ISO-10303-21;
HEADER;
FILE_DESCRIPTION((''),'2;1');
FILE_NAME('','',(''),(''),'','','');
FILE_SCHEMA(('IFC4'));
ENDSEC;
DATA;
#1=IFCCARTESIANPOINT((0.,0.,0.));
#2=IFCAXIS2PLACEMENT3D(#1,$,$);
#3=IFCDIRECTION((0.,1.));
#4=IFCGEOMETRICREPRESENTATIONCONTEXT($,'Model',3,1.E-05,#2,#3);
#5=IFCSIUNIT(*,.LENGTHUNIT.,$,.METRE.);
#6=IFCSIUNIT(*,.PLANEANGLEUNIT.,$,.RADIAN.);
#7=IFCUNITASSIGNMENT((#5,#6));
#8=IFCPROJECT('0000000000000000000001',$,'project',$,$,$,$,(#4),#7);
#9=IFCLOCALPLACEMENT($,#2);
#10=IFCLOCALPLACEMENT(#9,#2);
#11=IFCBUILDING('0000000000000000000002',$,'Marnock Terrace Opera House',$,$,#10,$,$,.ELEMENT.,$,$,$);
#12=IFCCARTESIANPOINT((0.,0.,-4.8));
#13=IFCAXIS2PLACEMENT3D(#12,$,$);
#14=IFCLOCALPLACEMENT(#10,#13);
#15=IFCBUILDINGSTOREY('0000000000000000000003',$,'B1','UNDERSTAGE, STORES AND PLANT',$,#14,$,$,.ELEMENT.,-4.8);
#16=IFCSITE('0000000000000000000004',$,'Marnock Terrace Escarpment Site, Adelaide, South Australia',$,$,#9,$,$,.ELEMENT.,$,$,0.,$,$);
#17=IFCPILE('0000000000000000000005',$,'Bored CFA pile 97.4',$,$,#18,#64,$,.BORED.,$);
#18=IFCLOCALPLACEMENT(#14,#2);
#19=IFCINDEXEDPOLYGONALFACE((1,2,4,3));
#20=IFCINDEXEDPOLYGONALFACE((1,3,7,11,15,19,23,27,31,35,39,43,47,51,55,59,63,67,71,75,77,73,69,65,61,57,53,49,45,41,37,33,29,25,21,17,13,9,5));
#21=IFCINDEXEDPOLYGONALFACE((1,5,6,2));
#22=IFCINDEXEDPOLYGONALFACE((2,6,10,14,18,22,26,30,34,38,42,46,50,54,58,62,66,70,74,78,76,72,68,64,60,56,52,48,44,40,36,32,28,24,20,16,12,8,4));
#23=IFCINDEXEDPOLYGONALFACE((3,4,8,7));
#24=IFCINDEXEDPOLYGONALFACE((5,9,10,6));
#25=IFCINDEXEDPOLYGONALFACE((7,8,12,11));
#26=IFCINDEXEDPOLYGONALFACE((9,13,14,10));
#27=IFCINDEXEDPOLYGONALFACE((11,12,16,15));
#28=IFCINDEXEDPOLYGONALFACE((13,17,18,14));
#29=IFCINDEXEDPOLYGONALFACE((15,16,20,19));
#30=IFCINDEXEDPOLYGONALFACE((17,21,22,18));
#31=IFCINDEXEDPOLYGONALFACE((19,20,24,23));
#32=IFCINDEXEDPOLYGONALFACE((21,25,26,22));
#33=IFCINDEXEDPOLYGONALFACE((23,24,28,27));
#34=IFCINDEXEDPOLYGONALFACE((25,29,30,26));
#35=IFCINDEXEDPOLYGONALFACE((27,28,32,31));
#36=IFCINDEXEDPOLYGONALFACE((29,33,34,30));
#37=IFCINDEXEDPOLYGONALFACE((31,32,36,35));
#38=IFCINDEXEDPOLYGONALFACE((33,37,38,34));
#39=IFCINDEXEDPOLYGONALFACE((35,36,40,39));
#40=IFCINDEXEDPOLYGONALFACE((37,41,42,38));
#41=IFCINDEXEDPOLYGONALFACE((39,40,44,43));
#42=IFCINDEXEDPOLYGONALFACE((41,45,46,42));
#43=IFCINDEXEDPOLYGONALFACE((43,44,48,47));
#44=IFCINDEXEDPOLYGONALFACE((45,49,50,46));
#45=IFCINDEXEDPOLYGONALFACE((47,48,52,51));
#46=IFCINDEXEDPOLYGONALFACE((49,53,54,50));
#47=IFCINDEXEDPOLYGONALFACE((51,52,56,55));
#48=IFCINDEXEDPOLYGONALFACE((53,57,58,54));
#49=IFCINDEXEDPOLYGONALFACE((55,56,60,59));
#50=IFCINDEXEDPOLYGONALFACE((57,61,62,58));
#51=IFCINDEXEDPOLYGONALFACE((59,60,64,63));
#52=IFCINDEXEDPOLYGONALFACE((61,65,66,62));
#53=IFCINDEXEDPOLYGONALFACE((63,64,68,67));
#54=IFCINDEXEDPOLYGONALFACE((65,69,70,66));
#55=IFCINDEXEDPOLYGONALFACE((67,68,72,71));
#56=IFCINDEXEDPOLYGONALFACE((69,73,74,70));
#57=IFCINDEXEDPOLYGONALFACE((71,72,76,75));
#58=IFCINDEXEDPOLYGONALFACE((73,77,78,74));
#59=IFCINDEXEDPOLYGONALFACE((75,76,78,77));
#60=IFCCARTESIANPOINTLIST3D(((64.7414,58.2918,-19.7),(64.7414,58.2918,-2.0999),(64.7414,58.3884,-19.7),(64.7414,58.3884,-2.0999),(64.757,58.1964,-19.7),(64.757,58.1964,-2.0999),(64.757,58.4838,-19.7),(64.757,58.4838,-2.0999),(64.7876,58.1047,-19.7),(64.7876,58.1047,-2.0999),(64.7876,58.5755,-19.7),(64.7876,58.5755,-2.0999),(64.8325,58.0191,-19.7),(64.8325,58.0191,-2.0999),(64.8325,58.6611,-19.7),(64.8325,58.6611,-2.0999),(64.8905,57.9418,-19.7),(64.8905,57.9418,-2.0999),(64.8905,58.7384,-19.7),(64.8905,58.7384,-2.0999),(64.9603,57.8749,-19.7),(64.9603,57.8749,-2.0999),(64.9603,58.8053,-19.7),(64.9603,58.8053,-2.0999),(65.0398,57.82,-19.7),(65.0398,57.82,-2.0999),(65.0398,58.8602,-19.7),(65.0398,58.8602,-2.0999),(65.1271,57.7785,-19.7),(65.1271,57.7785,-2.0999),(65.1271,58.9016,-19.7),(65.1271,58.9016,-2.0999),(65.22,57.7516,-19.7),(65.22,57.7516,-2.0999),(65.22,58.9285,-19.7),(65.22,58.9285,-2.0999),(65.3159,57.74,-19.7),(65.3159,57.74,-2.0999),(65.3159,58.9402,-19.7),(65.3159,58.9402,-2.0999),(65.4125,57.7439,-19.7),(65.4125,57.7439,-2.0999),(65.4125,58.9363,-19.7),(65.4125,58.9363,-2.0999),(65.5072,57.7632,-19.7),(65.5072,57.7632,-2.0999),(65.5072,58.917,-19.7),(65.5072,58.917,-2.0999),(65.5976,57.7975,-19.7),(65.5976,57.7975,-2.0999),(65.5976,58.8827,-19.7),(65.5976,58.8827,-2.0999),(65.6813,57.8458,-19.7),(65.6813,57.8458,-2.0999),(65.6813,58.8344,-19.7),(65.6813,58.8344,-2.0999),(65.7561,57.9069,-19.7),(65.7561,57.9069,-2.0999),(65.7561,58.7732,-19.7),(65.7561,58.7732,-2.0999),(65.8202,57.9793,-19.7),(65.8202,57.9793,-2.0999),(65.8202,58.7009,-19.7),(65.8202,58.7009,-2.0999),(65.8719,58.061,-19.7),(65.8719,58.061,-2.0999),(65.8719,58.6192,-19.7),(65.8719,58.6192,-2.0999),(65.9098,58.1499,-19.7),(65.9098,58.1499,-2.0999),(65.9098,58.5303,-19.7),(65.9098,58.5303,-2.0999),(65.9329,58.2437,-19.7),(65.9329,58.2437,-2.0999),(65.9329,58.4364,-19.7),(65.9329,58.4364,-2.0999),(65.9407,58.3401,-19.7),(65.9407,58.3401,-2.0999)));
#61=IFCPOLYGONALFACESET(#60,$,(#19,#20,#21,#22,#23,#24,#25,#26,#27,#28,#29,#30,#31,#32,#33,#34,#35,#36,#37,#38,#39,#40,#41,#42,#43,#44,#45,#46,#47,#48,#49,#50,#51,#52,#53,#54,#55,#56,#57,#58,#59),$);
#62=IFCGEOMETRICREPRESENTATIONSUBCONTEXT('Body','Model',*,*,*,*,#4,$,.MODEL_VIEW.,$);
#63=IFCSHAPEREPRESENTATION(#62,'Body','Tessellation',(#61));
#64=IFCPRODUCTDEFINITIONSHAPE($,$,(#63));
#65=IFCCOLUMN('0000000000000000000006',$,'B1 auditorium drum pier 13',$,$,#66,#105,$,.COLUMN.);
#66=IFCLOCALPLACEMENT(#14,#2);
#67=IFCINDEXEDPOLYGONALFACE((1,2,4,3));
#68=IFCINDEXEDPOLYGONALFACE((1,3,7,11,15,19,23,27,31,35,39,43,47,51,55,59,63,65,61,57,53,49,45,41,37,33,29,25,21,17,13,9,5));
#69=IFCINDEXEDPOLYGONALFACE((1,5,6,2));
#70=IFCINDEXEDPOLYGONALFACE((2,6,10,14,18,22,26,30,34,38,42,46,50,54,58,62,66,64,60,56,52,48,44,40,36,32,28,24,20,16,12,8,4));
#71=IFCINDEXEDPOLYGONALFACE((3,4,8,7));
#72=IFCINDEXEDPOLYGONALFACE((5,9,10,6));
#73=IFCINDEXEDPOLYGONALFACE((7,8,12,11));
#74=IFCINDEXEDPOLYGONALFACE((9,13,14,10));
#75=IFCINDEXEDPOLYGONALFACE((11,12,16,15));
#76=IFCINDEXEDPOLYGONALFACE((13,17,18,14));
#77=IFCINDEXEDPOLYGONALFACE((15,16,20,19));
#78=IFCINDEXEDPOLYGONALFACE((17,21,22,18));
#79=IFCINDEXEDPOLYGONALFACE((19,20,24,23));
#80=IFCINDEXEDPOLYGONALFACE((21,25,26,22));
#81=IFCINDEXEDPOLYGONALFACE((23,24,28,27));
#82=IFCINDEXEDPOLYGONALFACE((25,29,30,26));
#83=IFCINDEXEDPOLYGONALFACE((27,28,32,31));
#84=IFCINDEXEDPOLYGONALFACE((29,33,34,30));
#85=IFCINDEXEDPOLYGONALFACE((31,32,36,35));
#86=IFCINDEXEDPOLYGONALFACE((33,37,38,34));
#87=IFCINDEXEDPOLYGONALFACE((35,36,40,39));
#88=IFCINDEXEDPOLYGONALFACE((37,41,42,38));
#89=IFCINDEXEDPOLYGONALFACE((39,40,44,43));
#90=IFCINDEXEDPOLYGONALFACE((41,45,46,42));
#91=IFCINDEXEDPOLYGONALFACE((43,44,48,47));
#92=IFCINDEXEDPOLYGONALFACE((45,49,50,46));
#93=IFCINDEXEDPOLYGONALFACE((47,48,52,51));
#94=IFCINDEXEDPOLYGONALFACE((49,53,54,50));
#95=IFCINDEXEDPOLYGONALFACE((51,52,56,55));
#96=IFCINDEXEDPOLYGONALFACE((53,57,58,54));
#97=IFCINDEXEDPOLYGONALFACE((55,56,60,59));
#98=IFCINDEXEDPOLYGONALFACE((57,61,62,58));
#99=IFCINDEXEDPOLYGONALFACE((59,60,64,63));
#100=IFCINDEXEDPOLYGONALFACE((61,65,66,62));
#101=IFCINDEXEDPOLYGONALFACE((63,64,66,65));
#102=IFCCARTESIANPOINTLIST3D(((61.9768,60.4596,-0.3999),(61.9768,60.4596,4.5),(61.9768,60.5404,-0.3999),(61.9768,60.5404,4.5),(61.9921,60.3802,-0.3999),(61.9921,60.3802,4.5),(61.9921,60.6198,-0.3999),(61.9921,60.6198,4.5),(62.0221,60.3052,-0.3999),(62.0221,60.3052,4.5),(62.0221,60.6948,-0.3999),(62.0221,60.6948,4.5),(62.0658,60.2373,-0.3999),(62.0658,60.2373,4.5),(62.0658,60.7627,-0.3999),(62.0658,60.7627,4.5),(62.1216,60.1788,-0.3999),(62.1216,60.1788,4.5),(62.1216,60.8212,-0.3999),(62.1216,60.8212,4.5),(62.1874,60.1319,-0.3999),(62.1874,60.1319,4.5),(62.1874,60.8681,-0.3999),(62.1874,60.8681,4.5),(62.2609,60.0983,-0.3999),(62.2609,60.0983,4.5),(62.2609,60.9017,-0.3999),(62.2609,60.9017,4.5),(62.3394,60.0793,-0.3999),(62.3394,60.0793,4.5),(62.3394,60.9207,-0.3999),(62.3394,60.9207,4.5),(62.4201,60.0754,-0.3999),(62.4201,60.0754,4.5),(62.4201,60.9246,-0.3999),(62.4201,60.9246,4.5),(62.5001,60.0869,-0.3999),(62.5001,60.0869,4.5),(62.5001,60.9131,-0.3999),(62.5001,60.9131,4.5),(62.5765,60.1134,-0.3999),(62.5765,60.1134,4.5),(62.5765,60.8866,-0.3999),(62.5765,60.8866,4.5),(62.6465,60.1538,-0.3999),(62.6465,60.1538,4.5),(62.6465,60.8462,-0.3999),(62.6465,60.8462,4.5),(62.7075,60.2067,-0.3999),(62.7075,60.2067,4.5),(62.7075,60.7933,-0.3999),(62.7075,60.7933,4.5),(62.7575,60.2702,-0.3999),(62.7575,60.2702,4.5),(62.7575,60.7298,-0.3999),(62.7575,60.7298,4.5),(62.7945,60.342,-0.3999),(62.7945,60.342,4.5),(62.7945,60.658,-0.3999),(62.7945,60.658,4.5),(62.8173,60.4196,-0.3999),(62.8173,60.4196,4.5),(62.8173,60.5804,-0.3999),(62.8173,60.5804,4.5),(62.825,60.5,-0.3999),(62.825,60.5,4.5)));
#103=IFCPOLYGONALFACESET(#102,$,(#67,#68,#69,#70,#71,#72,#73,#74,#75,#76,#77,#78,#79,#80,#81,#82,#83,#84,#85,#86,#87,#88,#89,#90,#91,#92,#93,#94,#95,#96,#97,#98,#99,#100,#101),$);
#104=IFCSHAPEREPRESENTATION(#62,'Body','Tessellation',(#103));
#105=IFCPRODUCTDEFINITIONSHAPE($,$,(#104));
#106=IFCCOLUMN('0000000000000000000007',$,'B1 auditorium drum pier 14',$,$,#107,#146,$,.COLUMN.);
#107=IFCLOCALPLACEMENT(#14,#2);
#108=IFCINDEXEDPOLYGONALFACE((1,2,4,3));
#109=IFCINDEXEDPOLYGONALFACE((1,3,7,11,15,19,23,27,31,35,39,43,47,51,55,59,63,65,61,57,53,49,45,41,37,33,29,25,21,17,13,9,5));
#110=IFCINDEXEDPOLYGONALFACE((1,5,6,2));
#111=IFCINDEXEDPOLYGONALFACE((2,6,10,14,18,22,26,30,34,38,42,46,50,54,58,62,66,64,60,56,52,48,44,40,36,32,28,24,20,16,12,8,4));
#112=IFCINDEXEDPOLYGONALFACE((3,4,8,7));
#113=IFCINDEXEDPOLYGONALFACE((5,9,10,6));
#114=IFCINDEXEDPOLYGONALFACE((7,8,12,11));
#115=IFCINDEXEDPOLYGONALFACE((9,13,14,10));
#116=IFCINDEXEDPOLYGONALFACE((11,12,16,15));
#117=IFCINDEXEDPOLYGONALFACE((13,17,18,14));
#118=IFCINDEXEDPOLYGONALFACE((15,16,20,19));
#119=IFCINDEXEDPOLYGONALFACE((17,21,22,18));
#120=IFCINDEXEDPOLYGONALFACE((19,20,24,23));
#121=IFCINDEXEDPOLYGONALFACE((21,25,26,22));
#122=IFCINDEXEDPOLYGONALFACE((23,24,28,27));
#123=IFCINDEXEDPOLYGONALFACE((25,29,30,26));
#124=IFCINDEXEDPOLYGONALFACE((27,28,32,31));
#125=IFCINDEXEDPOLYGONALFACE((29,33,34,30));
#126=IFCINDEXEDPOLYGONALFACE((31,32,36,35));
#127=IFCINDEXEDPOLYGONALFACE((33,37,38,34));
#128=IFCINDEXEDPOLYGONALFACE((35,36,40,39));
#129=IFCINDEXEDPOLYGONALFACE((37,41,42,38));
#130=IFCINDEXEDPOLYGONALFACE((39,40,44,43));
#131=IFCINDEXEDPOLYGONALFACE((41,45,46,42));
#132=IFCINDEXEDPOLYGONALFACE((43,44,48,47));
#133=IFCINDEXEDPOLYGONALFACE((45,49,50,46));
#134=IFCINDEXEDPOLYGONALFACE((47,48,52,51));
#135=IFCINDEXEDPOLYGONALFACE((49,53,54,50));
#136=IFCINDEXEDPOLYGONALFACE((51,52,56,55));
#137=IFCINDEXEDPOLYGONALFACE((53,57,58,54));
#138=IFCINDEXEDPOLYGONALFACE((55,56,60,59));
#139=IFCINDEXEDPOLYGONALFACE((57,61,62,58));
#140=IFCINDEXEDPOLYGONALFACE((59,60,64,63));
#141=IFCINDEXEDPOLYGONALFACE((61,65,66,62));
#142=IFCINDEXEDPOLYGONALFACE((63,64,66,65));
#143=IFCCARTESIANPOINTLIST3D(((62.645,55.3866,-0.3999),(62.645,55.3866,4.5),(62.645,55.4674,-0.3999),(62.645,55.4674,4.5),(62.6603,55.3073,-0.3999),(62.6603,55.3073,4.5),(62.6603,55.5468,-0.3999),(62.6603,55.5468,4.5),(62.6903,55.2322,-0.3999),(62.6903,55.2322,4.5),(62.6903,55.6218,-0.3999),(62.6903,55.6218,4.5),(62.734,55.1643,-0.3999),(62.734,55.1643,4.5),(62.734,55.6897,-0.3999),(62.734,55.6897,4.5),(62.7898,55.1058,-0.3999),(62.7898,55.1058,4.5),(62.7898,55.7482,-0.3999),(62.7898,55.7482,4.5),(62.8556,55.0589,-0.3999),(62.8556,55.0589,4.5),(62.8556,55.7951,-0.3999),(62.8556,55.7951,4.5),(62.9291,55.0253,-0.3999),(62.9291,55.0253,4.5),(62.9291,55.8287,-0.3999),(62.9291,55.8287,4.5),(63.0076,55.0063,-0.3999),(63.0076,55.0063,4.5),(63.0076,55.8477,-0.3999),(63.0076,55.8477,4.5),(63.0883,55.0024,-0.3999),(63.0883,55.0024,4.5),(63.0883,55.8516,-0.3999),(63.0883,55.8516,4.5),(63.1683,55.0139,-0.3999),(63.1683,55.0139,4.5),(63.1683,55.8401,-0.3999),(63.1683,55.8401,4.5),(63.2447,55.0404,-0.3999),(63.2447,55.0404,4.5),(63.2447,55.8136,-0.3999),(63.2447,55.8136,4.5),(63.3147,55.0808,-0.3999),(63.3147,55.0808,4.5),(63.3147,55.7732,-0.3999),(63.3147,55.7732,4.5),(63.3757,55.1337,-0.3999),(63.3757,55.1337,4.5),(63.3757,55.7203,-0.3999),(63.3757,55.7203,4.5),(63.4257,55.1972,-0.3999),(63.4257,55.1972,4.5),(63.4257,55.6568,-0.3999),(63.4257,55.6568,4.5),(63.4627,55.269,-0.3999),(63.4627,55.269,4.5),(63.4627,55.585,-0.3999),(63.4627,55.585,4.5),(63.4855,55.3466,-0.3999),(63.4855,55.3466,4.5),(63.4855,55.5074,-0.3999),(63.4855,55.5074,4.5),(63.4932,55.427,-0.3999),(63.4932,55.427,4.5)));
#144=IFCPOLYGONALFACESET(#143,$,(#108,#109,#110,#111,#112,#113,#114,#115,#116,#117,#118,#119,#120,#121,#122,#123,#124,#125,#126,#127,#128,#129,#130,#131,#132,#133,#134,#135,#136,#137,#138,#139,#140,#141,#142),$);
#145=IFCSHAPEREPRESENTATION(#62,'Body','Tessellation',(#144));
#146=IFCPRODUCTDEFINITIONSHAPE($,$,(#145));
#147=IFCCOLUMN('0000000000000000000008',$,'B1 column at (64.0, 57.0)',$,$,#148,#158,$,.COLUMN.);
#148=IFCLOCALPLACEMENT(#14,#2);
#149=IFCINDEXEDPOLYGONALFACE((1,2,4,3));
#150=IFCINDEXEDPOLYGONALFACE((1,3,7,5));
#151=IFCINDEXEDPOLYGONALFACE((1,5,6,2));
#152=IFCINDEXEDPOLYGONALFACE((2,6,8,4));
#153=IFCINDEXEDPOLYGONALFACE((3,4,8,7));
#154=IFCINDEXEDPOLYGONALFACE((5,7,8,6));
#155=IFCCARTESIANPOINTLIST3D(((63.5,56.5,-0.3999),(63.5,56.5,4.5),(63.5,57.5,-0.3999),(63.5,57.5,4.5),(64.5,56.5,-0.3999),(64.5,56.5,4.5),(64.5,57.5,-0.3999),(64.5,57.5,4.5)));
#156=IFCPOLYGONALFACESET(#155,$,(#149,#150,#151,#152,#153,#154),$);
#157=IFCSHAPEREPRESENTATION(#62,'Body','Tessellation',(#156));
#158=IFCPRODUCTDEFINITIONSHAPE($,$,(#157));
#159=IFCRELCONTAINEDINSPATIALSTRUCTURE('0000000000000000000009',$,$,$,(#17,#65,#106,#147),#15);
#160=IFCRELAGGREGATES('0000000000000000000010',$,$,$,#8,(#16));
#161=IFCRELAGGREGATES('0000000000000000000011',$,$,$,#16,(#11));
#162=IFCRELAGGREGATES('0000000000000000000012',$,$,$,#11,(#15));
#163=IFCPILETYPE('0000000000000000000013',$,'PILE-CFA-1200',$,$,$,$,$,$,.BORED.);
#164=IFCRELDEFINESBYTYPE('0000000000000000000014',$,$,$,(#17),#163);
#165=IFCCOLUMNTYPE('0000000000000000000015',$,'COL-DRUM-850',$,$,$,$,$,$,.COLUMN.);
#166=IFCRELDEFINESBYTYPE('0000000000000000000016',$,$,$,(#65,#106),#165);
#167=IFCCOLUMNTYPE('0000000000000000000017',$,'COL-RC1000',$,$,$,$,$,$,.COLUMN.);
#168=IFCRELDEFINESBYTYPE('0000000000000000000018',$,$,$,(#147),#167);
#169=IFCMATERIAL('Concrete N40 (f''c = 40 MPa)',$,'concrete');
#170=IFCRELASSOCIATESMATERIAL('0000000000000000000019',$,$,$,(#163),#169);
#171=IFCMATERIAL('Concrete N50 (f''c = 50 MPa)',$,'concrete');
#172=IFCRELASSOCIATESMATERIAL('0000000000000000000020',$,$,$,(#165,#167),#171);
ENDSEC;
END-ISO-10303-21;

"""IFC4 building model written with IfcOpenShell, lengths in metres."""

from ifc_helpers import new_model, si_unit, direction, frame, origin, origin_2d, place, context, subcontext, project, spatial, rectangle, circle, extrude, material, material_profile, profile_set, type_object, element, save


model = new_model("IFC4")

# Units and contexts
model_context = context("Model", 3, precision=1e-05, world=origin(), true_north=direction((0.0, 1.0)))
body_context = subcontext(model_context, "Body", "Model", "MODEL_VIEW")
ifc_project = project(units=[si_unit("LENGTHUNIT", "METRE"), si_unit("PLANEANGLEUNIT", "RADIAN")], contexts=[model_context])

# Site, building, storey
site_placement = place(None, origin())
site = spatial("IfcSite", under=ifc_project, at=site_placement, Name="Marnock Terrace Escarpment Site, Adelaide, South Australia", CompositionType="ELEMENT", RefElevation=0.0)
building_placement = place(site_placement, origin())
building = spatial("IfcBuilding", under=site, at=building_placement, Name="Marnock Terrace Opera House", CompositionType="ELEMENT")
storey_placement = place(building_placement, frame((0.0, 0.0, -4.8)))
storey = spatial("IfcBuildingStorey", under=building, at=storey_placement, Name="B1", Description="UNDERSTAGE, STORES AND PLANT", CompositionType="ELEMENT", Elevation=-4.8)

# Shared definitions
ifc_material_1 = material(Name="Concrete N40 (f'c = 40 MPa)", Category="concrete")

# Pile
ifc_material_profile_1 = material_profile(ifc_material_1, circle(Radius=0.6006, at=origin_2d()))
ifc_profile_set_1 = profile_set([ifc_material_profile_1], Name="Concrete N40 (f'c = 40 MPa)")
pile_type = type_object("IfcPileType", Name="PILE-CFA-1200", PredefinedType="BORED", material=ifc_profile_set_1)
for number, where, z_axis, x_axis, name in (
    (1, (65.3401, 58.3401, -2.0999), (0.0, 0.0, -1.0), (1.0, 0.0, 0.0), "Bored CFA pile 97.4"),
):
    element("IfcPile", number, at=place(storey_placement, frame(where, z_axis=z_axis, x_axis=x_axis)), inside=storey, type_object=pile_type, Name=name, PredefinedType="BORED", context=body_context, shape_type="SweptSolid", body=[
        extrude(circle(Radius=0.6006, at=origin_2d()), origin(), (0.0, 0.0, 1.0), 17.6001),
    ])

# Columns
ifc_material_2 = material(Name="Concrete N50 (f'c = 50 MPa)", Category="concrete")
ifc_material_profile_2 = material_profile(ifc_material_2, circle(Radius=0.425, at=origin_2d()))
ifc_profile_set_2 = profile_set([ifc_material_profile_2], Name="Concrete N50 (f'c = 50 MPa)")
column_type_1 = type_object("IfcColumnType", Name="COL-DRUM-850", PredefinedType="COLUMN", material=ifc_profile_set_2)
for number, where, z_axis, x_axis, name in (
    (2, (62.3999, 60.5, -0.3999), (0.0, 0.0, 1.0), (1.0, 0.0, 0.0), "B1 auditorium drum pier 13"),
    (3, (63.0681, 55.427, -0.3999), (0.0, 0.0, 1.0), (1.0, 0.0, 0.0), "B1 auditorium drum pier 14"),
):
    element("IfcColumn", number, at=place(storey_placement, frame(where, z_axis=z_axis, x_axis=x_axis)), inside=storey, type_object=column_type_1, Name=name, PredefinedType="COLUMN", context=body_context, shape_type="SweptSolid", body=[
        extrude(circle(Radius=0.425, at=origin_2d()), origin(), (0.0, 0.0, 1.0), 4.8999),
    ])
ifc_material_profile_3 = material_profile(ifc_material_2, rectangle(XDim=1.0, YDim=1.0, at=origin_2d()))
ifc_profile_set_3 = profile_set([ifc_material_profile_3], Name="Concrete N50 (f'c = 50 MPa)")
column_type_2 = type_object("IfcColumnType", Name="COL-RC1000", PredefinedType="COLUMN", material=ifc_profile_set_3)
column_placement = place(storey_placement, frame((64.0, 57.0, -0.3999), z_axis=(0.0, 0.0, 1.0), x_axis=(1.0, 0.0, 0.0)))
element("IfcColumn", 4, at=column_placement, inside=storey, type_object=column_type_2, Name="B1 column at (64.0, 57.0)", PredefinedType="COLUMN", context=body_context, shape_type="SweptSolid", body=[
    extrude(rectangle(XDim=1.0, YDim=1.0, at=origin_2d()), origin(), (0.0, 0.0, 1.0), 4.8999),
])

save(model, "model.ifc")
